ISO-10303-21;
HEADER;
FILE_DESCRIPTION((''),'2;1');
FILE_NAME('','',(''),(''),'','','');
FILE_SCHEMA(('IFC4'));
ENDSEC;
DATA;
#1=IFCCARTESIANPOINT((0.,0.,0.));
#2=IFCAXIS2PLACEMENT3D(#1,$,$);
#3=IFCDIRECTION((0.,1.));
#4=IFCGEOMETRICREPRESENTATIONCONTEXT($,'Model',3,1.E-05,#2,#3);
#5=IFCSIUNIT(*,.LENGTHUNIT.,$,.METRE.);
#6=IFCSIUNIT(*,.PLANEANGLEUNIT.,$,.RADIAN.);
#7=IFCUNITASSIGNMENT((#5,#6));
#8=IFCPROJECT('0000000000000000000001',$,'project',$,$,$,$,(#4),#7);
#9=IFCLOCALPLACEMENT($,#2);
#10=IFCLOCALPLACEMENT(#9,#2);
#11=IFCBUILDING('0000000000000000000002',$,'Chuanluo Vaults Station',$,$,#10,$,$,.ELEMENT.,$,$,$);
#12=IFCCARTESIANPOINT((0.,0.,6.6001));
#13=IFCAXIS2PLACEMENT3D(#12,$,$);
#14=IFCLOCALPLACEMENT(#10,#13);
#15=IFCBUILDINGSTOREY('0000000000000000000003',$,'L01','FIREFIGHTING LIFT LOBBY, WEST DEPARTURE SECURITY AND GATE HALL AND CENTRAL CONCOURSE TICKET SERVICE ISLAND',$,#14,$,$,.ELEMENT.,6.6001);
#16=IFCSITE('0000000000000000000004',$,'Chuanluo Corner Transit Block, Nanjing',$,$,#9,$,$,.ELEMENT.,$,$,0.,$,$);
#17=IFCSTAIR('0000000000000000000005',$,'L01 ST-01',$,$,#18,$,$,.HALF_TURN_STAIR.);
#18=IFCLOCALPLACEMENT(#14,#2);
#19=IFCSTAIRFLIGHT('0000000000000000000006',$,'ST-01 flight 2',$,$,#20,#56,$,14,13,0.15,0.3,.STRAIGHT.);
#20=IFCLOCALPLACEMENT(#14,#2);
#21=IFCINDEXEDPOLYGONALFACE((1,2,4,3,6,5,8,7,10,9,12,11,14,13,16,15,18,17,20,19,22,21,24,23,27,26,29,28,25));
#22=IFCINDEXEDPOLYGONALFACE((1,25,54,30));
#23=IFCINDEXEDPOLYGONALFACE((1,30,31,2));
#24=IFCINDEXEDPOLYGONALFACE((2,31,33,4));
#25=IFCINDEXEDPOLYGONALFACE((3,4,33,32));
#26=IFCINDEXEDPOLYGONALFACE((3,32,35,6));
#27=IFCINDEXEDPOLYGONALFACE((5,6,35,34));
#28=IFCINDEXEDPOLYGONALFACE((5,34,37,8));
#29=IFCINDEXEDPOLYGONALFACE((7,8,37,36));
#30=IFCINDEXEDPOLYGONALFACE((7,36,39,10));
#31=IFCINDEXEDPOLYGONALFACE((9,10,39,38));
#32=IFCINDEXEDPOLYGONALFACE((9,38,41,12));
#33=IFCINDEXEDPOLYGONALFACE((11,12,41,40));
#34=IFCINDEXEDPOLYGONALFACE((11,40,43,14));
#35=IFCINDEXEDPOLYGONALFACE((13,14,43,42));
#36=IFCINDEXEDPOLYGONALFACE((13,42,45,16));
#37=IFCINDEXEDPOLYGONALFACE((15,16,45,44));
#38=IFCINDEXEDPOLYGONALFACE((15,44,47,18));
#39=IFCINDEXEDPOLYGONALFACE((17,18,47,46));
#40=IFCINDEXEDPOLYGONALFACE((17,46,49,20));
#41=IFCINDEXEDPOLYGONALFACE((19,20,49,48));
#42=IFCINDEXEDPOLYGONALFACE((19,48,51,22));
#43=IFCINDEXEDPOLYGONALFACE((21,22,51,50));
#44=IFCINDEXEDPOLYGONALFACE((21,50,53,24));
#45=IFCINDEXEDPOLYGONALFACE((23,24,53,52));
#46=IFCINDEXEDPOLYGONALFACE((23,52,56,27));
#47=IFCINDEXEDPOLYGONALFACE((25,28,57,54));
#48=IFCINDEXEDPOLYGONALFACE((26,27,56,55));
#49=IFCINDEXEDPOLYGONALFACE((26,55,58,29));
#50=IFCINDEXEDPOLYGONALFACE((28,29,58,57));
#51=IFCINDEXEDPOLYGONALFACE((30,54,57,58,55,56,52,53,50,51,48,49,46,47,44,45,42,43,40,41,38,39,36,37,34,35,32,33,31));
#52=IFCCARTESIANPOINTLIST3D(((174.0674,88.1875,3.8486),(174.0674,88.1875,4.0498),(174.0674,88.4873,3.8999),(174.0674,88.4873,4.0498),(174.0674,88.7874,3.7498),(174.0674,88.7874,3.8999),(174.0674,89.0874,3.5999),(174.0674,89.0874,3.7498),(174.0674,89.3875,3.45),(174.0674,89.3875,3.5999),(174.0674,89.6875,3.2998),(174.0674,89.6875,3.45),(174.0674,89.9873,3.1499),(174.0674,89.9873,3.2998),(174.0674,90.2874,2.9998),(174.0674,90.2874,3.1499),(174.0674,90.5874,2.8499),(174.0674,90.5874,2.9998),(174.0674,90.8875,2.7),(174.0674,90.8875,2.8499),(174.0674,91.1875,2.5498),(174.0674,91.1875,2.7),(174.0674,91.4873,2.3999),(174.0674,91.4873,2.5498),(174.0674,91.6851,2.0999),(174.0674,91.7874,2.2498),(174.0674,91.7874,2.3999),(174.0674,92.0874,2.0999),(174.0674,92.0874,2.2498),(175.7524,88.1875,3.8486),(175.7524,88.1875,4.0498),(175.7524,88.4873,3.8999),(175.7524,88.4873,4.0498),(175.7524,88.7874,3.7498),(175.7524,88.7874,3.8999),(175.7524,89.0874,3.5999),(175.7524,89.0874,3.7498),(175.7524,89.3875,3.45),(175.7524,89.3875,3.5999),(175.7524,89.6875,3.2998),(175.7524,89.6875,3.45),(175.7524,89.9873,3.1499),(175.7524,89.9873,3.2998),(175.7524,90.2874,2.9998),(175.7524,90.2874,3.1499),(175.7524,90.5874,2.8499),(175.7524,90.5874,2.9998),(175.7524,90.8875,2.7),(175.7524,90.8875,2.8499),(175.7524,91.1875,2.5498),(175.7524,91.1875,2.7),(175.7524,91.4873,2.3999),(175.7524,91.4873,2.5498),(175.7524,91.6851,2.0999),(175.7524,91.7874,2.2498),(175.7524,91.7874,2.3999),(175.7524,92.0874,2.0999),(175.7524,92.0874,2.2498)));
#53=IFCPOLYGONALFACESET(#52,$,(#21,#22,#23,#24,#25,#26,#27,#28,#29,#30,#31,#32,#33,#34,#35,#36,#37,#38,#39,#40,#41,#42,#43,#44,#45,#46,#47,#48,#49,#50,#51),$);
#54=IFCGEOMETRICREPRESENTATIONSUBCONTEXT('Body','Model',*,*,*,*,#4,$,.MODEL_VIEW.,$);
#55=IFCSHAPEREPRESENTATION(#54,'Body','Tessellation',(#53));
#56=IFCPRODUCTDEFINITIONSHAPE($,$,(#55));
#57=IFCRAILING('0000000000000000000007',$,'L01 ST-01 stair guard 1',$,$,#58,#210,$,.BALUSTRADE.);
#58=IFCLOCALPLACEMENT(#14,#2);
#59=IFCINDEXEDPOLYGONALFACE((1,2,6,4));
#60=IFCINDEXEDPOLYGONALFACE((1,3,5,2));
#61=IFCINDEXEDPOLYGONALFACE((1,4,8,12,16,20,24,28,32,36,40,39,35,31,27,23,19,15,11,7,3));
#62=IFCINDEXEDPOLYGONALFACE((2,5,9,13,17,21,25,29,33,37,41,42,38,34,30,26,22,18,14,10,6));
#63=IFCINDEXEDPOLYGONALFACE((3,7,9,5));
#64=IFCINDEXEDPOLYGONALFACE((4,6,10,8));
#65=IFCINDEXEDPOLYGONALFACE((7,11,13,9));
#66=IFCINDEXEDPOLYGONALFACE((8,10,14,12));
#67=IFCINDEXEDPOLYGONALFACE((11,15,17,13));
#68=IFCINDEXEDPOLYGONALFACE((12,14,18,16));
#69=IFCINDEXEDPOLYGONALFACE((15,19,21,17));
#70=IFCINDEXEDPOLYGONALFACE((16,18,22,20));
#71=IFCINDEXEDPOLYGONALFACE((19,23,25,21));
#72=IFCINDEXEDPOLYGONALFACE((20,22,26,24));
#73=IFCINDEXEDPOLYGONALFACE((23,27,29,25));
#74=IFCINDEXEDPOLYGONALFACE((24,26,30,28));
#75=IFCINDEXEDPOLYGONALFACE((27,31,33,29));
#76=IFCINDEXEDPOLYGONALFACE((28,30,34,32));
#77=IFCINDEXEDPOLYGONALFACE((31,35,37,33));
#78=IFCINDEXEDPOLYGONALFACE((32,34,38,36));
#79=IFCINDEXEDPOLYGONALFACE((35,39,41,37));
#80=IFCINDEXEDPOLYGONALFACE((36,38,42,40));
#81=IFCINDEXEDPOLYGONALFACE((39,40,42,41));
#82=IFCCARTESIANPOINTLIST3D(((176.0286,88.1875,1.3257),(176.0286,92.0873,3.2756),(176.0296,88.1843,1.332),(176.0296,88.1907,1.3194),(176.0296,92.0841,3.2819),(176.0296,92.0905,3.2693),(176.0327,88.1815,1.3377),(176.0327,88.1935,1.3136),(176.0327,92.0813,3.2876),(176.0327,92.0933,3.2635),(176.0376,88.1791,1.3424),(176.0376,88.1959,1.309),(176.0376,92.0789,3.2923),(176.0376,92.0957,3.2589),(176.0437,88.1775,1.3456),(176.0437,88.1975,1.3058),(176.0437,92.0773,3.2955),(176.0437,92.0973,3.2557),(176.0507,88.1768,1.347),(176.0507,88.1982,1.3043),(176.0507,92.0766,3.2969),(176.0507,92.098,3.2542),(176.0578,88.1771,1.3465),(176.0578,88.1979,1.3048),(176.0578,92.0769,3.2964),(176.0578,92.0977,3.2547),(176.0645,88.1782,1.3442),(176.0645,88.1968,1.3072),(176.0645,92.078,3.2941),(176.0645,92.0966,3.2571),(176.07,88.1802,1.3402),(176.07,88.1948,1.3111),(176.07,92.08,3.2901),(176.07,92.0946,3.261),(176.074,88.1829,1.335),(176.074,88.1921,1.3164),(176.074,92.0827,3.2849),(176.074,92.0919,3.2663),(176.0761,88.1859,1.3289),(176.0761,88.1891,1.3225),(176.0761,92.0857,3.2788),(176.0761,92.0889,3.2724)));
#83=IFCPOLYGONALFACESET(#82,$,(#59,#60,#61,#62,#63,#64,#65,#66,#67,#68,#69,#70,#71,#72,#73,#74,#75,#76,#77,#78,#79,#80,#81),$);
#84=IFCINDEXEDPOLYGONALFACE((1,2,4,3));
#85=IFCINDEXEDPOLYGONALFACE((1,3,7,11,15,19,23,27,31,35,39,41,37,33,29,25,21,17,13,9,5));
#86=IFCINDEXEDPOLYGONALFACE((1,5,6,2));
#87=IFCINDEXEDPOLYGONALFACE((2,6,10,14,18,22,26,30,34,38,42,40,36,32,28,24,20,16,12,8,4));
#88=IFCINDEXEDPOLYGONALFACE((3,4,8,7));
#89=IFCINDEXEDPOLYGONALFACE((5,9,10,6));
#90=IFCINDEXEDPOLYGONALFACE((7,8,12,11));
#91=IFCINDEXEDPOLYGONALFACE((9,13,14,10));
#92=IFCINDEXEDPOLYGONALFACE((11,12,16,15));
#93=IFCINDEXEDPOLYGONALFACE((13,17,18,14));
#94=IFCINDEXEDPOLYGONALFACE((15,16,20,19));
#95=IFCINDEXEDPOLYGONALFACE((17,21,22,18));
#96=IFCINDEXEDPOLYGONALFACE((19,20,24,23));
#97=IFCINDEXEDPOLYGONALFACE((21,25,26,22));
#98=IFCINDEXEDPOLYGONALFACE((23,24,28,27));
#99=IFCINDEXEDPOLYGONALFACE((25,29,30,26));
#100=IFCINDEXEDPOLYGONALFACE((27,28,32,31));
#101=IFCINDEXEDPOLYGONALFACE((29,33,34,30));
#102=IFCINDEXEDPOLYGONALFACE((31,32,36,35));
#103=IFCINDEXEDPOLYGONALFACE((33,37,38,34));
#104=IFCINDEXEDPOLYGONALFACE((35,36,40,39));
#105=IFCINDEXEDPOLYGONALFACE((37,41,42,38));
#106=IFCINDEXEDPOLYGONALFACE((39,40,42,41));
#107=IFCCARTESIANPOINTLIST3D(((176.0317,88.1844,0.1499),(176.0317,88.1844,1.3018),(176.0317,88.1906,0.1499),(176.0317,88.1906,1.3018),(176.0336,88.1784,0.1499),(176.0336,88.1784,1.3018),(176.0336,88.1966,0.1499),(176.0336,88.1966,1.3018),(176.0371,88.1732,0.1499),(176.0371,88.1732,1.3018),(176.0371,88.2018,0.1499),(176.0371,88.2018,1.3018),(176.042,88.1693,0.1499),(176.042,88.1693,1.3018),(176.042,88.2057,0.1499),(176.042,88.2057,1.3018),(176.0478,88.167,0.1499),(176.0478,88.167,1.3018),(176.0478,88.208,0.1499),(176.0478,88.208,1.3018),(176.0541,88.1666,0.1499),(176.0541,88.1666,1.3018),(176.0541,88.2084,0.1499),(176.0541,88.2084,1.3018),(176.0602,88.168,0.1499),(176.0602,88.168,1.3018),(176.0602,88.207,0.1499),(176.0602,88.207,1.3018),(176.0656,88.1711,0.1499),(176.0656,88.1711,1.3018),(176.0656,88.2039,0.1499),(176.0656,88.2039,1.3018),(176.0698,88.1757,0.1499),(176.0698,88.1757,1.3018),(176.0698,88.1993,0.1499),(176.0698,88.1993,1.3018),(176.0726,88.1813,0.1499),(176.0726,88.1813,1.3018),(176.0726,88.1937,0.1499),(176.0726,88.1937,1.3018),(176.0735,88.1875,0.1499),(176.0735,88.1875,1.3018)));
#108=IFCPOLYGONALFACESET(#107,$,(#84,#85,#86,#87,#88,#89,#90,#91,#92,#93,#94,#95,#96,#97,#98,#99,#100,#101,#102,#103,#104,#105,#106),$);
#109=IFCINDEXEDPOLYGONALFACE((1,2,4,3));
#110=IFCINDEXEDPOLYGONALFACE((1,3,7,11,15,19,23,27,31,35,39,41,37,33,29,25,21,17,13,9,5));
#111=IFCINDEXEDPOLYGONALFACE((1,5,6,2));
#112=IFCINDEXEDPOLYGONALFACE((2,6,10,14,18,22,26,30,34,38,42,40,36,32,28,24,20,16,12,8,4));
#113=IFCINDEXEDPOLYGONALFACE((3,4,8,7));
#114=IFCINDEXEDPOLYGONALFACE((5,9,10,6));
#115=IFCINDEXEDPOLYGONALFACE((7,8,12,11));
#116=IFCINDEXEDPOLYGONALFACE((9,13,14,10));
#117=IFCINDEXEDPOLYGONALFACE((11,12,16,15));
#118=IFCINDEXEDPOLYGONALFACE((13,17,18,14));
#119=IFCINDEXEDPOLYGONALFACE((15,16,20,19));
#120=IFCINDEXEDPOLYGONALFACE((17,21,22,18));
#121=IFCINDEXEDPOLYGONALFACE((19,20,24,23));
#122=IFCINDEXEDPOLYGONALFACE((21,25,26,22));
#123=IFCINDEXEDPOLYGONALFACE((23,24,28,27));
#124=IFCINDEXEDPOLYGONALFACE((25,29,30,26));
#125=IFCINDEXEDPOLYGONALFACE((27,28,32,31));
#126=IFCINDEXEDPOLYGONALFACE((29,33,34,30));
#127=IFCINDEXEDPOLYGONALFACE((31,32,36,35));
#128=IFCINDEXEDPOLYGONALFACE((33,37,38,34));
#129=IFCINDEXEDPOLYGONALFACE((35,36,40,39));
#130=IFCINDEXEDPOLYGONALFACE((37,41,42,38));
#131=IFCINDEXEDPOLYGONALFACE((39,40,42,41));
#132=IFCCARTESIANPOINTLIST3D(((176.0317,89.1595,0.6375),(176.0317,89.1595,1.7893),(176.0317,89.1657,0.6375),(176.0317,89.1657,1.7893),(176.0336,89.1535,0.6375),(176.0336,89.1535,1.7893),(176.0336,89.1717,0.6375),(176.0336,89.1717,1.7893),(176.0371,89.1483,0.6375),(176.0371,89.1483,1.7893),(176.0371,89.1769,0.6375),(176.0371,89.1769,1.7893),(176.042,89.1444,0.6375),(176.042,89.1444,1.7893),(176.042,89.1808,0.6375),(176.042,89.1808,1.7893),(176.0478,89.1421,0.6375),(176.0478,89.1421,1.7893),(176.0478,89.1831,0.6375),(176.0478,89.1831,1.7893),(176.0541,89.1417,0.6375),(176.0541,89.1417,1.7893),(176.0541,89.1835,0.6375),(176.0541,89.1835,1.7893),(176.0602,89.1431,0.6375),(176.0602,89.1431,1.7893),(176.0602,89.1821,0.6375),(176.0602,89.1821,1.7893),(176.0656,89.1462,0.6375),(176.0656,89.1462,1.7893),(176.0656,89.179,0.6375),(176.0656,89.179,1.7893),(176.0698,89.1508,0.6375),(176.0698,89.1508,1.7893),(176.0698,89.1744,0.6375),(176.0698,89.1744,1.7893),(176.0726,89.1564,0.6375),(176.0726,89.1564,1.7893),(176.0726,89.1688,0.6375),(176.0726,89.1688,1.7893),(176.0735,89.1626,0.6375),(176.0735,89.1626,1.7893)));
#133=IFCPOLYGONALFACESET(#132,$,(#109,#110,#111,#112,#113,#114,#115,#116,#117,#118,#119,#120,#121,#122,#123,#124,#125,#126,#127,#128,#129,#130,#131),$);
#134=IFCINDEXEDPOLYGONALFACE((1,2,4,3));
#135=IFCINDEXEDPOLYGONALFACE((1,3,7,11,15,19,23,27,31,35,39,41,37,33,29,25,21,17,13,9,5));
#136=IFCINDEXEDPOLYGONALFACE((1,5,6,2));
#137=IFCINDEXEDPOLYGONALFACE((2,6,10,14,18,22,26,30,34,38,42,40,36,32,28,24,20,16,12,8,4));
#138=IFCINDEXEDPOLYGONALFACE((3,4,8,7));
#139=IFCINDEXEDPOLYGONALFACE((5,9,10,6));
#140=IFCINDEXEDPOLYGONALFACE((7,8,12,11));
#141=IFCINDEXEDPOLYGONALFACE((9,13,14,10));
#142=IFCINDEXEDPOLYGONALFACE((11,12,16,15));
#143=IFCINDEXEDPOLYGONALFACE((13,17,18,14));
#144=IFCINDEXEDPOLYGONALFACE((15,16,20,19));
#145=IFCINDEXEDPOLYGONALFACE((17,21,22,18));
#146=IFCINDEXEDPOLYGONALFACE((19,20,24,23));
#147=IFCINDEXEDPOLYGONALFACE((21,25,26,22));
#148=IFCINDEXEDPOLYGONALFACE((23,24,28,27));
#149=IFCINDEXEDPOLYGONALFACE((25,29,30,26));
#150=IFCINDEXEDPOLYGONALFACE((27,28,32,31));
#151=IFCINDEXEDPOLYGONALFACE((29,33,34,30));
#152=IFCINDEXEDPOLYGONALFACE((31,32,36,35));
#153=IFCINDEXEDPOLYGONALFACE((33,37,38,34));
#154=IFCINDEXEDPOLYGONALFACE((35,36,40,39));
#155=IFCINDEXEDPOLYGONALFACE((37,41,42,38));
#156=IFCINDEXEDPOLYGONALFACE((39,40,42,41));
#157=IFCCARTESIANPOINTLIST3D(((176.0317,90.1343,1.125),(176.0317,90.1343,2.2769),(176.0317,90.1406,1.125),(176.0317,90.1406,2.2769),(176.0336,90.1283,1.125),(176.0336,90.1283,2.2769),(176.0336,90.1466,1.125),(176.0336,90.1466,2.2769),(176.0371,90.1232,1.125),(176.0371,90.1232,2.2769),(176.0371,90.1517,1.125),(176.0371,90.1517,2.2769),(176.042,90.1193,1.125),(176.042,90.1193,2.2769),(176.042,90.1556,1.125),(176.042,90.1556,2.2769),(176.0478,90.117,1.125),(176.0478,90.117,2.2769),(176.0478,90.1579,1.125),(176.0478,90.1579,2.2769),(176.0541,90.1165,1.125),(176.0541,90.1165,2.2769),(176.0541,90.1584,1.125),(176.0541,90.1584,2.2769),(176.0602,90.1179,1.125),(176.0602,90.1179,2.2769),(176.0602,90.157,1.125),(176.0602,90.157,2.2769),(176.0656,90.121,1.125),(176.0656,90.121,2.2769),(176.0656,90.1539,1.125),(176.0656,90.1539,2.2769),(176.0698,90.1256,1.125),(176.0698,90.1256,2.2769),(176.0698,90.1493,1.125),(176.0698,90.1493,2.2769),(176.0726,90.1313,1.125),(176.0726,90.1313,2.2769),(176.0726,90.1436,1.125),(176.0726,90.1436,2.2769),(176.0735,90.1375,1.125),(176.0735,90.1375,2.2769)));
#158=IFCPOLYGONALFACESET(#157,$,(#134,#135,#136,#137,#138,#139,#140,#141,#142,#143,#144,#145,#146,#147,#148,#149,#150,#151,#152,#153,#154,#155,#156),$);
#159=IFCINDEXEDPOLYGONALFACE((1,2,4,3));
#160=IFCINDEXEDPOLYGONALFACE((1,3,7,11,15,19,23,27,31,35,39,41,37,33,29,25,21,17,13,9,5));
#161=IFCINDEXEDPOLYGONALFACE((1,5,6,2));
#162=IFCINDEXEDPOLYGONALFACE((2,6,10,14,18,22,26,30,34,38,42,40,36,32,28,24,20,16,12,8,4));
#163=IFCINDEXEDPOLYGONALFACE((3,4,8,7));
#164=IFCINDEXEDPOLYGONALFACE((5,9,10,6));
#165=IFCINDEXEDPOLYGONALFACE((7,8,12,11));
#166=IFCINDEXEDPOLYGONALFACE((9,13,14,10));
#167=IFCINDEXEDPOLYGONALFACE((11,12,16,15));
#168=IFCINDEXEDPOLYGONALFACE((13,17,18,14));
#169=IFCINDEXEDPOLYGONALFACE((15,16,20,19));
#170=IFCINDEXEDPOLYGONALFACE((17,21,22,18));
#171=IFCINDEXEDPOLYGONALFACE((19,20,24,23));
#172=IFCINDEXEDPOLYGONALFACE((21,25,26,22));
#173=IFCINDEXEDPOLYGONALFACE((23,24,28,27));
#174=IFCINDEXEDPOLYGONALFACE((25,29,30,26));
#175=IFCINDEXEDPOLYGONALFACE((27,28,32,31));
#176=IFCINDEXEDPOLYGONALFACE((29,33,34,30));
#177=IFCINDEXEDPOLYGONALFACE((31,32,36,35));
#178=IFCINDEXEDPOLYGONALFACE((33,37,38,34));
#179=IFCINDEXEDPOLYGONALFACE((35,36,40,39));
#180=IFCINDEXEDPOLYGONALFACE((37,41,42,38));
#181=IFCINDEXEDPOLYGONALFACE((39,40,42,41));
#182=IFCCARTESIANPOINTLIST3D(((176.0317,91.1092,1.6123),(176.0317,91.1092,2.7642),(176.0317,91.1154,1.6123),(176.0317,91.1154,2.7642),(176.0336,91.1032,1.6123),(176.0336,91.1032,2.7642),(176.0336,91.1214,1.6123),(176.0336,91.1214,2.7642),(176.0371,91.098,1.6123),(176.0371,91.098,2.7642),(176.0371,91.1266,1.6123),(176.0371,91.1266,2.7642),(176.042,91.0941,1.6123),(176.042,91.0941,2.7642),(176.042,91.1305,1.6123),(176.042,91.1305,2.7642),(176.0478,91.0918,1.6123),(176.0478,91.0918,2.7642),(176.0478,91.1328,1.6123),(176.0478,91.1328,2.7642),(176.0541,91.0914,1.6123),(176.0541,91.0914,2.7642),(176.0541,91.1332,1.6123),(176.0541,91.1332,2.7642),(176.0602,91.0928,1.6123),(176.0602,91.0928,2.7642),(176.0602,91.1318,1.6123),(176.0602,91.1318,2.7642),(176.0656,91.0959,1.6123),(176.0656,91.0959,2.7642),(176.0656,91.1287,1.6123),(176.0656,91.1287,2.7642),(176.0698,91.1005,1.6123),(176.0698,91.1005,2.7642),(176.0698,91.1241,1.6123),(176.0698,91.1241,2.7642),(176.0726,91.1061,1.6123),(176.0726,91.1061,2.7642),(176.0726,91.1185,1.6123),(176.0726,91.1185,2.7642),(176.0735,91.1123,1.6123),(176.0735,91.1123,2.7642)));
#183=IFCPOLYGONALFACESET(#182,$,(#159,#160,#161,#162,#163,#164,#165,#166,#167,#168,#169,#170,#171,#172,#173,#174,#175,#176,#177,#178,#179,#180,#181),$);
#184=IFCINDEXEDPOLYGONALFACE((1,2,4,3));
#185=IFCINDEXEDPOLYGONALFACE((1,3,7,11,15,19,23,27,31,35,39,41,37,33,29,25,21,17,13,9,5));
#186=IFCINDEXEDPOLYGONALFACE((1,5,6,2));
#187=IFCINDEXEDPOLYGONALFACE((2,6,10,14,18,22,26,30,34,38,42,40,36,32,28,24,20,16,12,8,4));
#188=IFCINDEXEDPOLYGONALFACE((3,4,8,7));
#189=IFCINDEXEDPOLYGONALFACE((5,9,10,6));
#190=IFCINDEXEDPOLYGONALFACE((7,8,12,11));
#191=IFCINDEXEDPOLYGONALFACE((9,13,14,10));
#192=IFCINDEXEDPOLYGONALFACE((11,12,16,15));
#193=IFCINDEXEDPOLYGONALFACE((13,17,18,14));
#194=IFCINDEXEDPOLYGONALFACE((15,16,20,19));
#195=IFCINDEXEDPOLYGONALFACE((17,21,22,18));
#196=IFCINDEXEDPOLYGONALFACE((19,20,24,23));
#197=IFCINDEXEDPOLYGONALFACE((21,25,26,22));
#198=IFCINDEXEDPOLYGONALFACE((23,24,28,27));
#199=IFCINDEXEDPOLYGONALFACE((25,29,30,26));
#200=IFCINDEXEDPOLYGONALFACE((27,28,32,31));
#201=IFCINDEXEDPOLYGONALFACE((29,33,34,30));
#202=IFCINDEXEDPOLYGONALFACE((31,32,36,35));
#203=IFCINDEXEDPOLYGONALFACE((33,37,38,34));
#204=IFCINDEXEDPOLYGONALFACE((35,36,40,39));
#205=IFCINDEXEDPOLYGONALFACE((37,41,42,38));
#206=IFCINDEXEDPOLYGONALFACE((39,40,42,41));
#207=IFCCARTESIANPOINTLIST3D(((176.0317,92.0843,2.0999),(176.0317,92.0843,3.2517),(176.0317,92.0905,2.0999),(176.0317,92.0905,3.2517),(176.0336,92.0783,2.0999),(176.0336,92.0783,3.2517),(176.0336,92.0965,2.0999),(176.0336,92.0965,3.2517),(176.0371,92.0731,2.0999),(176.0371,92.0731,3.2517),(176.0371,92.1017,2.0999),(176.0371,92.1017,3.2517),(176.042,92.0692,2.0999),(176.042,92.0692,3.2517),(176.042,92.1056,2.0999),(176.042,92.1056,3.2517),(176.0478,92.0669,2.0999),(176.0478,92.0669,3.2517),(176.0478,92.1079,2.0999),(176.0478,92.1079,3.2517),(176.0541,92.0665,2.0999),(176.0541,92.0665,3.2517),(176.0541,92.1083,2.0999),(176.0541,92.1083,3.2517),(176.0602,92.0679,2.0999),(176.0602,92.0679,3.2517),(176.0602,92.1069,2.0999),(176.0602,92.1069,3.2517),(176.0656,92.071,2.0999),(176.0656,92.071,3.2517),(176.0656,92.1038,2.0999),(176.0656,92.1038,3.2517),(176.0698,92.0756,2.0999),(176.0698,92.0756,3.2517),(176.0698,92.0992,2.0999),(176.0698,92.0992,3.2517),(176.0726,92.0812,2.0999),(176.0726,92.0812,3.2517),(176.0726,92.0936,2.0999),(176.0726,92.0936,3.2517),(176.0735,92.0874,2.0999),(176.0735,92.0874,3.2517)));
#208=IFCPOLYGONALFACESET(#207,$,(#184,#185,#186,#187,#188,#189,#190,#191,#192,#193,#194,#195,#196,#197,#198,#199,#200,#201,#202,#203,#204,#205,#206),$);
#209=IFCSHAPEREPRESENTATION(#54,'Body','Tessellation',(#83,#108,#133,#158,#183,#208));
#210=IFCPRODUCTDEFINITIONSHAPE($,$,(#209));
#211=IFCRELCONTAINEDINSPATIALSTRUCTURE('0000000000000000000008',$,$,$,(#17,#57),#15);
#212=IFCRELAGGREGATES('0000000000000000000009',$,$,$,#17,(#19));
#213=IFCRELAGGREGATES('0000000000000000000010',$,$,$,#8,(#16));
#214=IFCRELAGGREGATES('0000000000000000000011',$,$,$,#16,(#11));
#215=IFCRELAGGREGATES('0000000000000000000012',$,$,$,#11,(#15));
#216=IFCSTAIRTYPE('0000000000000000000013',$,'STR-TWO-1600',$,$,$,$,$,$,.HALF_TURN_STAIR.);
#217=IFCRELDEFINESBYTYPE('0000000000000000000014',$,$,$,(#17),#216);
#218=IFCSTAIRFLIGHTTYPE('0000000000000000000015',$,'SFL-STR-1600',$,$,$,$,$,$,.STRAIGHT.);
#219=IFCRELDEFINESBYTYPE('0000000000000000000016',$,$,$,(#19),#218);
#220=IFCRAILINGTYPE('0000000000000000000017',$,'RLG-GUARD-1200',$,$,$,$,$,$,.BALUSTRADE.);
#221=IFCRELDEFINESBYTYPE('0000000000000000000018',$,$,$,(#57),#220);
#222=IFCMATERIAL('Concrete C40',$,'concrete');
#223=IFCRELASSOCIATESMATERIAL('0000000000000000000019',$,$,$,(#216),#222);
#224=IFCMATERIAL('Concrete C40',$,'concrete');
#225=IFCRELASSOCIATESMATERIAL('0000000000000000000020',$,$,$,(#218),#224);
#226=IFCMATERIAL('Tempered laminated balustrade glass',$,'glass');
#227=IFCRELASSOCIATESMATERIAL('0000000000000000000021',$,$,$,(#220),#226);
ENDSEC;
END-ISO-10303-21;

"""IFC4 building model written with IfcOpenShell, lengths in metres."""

from ifc_helpers import new_model, si_unit, direction, frame, origin, origin_2d, place, context, subcontext, project, spatial, polyline, circle, outline, extrude, material, type_object, element, aggregate, save


model = new_model("IFC4")

# Units and contexts
model_context = context("Model", 3, precision=1e-05, world=origin(), true_north=direction((0.0, 1.0)))
body_context = subcontext(model_context, "Body", "Model", "MODEL_VIEW")
ifc_project = project(units=[si_unit("LENGTHUNIT", "METRE"), si_unit("PLANEANGLEUNIT", "RADIAN")], contexts=[model_context])

# Site, building, storey
site_placement = place(None, origin())
site = spatial("IfcSite", under=ifc_project, at=site_placement, Name="Chuanluo Corner Transit Block, Nanjing", CompositionType="ELEMENT", RefElevation=0.0)
building_placement = place(site_placement, origin())
building = spatial("IfcBuilding", under=site, at=building_placement, Name="Chuanluo Vaults Station", CompositionType="ELEMENT")
storey_placement = place(building_placement, frame((0.0, 0.0, 6.6001)))
storey = spatial("IfcBuildingStorey", under=building, at=storey_placement, Name="L01", Description="FIREFIGHTING LIFT LOBBY, WEST DEPARTURE SECURITY AND GATE HALL AND CENTRAL CONCOURSE TICKET SERVICE ISLAND", CompositionType="ELEMENT", Elevation=6.6001)

# Stair, stair flight
ifc_material_1 = material(Name="Concrete C40", Category="concrete")
stair_type = type_object("IfcStairType", Name="STR-TWO-1600", PredefinedType="HALF_TURN_STAIR", material=ifc_material_1)
stair_placement = place(storey_placement, origin())
stair = element("IfcStair", 1, at=stair_placement, inside=storey, type_object=stair_type, Name="L01 ST-01", PredefinedType="HALF_TURN_STAIR")
ifc_material_2 = material(Name="Concrete C40", Category="concrete")
stair_flight_type = type_object("IfcStairFlightType", Name="SFL-STR-1600", PredefinedType="STRAIGHT", material=ifc_material_2)
stair_flight_1_placement = place(storey_placement, frame((174.9099, 92.0874, 2.0999), z_axis=(0.0, 0.0, 1.0), x_axis=(0.0, -1.0, 0.0)))
stair_flight_1 = element("IfcStairFlight", 2, at=stair_flight_1_placement, type_object=stair_flight_type, Name="ST-01 flight 2", NumberOfRisers=14, NumberOfTreads=13, PredefinedType="STRAIGHT", RiserHeight=0.15, TreadLength=0.3, context=body_context, shape_type="SweptSolid", body=[
    extrude(outline(polyline([(0.0, 0.0), (0.0, 0.1499), (0.3, 0.1499), (0.3, 0.3), (0.6001, 0.3), (0.6001, 0.45), (0.8999, 0.45), (0.8999, 0.6001), (1.2, 0.6001), (1.2, 0.75), (1.5, 0.75), (1.5, 0.8999), (1.8, 0.8999), (1.8, 1.05), (2.1001, 1.05), (2.1001, 1.2), (2.3999, 1.2), (2.3999, 1.3501), (2.7, 1.3501), (2.7, 1.5), (3.0, 1.5), (3.0, 1.6499), (3.3, 1.6499), (3.3, 1.8), (3.6001, 1.8), (3.6001, 1.95), (3.8999, 1.95), (3.8999, 2.1001), (3.8999, 1.7488), (0.4023, 0.0), (0.0, 0.0)])), frame((0.0, 0.8425, 0.0), z_axis=(0.0, -1.0, 0.0), x_axis=(1.0, 0.0, 0.0)), (0.0, 0.0, 1.0), 1.6851),
])
aggregate(stair, [stair_flight_1])

# Railing
ifc_material_3 = material(Name="Tempered laminated balustrade glass", Category="glass")
railing_type_1 = type_object("IfcRailingType", Name="RLG-GUARD-1200", PredefinedType="BALUSTRADE", material=ifc_material_3)
railing_1_placement = place(storey_placement, frame((176.0525, 88.1875, 0.1499)))
element("IfcRailing", 3, at=railing_1_placement, inside=storey, type_object=railing_type_1, Name="L01 ST-01 stair guard 1", PredefinedType="BALUSTRADE", context=body_context, shape_type="SweptSolid", body=[
    extrude(circle(Radius=0.0239, at=origin_2d()), frame((0.0, 0.0, 1.1758), z_axis=(0.0, 0.894427, 0.447214), x_axis=(-1.0, 0.0, 0.0)), (0.0, 0.0, 1.0), 4.3601),
    extrude(circle(Radius=0.021, at=origin_2d()), origin(), (0.0, 0.0, 1.0), 1.1519),
    extrude(circle(Radius=0.021, at=origin_2d()), frame((0.0, 0.9751, 0.4875)), (0.0, 0.0, 1.0), 1.1519),
    extrude(circle(Radius=0.021, at=origin_2d()), frame((0.0, 1.95, 0.9751)), (0.0, 0.0, 1.0), 1.1519),
    extrude(circle(Radius=0.021, at=origin_2d()), frame((0.0, 2.9248, 1.4624)), (0.0, 0.0, 1.0), 1.1519),
    extrude(circle(Radius=0.021, at=origin_2d()), frame((0.0, 3.8999, 1.95)), (0.0, 0.0, 1.0), 1.1519),
])

save(model, "model.ifc")
